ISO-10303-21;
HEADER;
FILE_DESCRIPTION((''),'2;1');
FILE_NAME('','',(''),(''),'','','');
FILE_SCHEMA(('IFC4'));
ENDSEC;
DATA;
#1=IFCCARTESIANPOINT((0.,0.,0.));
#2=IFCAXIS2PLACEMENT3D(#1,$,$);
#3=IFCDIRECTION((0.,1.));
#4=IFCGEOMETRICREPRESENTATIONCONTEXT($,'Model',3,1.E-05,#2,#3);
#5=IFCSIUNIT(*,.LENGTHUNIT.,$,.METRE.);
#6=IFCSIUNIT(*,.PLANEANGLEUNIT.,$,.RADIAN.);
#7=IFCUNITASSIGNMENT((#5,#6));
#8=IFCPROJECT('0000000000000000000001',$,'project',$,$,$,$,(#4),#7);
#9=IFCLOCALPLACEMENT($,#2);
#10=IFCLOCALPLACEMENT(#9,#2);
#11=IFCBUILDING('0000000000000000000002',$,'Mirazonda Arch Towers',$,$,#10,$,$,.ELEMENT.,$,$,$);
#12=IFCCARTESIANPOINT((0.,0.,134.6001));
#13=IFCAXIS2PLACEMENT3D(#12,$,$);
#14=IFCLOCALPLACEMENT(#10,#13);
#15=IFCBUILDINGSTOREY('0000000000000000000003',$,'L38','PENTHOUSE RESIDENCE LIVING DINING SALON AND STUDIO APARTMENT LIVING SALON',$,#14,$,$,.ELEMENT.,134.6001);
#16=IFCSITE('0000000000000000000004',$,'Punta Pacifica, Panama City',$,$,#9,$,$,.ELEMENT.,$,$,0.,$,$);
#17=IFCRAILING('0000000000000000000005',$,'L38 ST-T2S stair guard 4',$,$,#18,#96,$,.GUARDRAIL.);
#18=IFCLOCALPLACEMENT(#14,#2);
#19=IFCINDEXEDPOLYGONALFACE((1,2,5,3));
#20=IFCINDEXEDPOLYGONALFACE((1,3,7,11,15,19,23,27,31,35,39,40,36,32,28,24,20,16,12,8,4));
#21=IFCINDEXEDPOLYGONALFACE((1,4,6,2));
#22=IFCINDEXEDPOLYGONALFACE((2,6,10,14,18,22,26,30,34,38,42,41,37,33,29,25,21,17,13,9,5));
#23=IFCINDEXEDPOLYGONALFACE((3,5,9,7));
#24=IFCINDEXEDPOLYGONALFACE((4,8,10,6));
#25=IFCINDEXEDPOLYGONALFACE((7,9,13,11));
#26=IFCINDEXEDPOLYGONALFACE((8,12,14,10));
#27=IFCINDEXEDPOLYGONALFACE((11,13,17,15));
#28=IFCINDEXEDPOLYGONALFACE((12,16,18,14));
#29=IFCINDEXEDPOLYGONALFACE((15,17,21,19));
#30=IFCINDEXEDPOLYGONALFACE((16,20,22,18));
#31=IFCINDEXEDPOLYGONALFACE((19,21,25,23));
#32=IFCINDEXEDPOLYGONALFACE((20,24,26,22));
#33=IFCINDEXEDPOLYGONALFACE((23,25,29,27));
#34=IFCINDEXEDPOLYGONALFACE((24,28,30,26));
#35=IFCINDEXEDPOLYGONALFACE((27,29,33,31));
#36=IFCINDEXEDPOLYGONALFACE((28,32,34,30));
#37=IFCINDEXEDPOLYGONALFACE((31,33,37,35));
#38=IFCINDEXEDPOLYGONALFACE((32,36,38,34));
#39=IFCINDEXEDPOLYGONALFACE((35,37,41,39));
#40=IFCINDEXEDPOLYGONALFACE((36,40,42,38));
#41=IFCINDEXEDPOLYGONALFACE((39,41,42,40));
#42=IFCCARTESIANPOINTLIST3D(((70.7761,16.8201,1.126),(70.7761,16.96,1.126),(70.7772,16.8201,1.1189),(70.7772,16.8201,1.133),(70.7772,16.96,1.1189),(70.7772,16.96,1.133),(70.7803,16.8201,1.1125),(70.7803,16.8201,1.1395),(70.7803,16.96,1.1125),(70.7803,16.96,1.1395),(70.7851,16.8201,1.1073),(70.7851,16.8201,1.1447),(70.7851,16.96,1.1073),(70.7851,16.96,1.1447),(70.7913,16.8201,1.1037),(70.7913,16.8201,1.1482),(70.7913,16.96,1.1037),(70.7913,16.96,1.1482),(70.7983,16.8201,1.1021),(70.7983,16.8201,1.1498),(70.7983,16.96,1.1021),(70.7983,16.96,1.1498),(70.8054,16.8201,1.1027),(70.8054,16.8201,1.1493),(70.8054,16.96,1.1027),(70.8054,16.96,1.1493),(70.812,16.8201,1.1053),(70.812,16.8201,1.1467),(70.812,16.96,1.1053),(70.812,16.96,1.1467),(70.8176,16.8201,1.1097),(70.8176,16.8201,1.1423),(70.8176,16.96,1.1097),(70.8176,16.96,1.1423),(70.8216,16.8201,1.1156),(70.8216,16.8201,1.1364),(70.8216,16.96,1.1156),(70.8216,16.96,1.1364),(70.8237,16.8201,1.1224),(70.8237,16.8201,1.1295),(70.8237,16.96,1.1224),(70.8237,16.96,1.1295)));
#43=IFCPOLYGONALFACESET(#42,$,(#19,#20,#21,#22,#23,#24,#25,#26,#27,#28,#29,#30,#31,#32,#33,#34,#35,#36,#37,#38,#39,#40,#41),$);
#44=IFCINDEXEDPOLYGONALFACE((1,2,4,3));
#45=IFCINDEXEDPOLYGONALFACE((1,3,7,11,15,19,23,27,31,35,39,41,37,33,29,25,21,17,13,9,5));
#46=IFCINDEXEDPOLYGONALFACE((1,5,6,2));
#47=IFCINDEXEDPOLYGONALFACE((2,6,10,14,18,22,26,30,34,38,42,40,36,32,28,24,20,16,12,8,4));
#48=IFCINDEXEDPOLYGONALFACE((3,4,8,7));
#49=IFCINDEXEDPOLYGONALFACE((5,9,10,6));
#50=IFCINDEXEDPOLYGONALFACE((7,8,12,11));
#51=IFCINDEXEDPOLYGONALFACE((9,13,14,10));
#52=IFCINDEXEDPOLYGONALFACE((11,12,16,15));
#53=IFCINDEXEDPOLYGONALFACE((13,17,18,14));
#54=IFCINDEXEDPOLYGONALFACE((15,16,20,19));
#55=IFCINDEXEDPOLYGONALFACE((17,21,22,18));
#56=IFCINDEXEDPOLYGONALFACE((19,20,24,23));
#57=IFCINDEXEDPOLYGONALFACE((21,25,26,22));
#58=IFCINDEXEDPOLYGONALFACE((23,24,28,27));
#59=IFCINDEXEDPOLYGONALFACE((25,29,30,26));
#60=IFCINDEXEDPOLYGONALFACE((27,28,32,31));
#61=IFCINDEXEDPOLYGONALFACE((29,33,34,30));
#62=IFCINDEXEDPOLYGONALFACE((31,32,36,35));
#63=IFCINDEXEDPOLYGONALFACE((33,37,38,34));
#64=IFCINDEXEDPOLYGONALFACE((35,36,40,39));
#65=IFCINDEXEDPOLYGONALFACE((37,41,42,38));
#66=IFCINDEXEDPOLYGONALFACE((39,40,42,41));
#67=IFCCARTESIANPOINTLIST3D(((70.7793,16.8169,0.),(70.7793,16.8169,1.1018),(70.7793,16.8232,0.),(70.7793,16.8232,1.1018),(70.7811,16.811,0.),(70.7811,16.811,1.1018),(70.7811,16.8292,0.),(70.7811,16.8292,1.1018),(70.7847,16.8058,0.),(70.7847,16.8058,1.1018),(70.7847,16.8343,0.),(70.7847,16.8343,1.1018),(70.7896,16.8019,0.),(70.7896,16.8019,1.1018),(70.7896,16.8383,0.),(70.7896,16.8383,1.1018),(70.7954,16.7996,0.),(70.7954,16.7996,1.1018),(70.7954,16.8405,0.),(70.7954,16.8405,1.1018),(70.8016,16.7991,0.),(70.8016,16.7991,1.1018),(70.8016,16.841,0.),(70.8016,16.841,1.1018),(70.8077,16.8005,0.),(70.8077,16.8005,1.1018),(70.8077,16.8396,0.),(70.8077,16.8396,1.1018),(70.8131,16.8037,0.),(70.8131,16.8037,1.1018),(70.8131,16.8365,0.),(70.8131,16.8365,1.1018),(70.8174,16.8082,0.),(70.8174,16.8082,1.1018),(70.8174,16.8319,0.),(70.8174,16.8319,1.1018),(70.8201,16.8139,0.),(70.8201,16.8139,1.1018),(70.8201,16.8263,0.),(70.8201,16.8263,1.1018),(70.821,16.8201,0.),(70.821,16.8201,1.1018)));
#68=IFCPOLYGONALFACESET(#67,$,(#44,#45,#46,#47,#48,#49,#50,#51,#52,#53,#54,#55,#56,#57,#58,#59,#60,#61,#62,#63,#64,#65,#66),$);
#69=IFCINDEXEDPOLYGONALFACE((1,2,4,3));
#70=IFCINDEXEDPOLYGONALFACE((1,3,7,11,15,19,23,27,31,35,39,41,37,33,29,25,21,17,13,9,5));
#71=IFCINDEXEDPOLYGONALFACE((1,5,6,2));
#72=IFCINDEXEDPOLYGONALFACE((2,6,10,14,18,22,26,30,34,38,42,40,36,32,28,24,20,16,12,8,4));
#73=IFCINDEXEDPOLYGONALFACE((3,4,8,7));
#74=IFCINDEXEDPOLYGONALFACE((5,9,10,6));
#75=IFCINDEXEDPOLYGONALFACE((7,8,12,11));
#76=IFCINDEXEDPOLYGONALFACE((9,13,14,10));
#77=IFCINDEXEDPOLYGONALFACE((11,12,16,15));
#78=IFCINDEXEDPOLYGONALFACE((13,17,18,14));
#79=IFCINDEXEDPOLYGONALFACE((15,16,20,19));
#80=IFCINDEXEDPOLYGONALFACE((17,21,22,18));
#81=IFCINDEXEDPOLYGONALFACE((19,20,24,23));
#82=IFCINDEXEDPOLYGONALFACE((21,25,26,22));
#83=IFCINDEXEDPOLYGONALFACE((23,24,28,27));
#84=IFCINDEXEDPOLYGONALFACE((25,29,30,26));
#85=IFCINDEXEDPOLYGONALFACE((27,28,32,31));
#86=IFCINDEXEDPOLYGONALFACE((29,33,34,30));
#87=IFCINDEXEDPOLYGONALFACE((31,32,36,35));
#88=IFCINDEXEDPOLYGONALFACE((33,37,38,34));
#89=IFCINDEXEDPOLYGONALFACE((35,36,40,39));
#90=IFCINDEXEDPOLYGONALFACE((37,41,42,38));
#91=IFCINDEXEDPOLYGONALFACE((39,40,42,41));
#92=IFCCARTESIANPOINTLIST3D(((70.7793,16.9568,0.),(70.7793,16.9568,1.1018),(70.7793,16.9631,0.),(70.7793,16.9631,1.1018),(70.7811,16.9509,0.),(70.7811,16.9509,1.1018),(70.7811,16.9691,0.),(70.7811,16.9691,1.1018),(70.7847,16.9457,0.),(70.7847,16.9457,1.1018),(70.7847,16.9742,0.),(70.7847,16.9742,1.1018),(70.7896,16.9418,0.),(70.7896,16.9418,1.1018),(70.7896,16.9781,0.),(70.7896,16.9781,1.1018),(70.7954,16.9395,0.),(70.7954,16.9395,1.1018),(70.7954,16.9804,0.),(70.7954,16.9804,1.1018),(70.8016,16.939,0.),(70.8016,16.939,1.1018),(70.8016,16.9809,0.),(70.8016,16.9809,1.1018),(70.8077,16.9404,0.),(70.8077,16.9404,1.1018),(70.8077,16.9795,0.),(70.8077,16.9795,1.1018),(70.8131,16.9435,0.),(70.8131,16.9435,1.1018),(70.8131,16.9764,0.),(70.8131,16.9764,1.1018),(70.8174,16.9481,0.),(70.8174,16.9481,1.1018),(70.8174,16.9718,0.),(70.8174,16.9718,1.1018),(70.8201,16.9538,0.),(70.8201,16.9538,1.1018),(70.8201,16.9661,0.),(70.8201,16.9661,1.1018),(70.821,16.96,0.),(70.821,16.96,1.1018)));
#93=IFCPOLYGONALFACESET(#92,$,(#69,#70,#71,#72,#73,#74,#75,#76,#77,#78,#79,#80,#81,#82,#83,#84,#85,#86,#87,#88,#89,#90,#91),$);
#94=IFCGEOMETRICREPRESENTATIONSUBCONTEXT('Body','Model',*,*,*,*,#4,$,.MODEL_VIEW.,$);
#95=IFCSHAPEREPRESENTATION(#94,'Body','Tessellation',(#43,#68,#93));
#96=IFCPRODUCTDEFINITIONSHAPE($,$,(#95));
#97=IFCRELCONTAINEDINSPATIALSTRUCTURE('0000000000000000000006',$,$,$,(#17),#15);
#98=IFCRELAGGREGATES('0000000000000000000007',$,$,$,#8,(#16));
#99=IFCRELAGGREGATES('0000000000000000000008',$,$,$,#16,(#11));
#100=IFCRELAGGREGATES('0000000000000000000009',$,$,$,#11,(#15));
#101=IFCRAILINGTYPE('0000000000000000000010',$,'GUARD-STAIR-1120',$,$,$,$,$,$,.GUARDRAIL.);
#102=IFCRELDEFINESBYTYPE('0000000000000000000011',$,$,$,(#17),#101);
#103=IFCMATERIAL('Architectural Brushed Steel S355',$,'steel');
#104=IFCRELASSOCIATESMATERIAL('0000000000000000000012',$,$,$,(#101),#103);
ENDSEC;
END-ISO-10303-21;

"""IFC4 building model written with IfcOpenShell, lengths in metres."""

from ifc_helpers import new_model, si_unit, direction, frame, origin, origin_2d, place, context, subcontext, project, spatial, circle, extrude, material, type_object, element, save


model = new_model("IFC4")

# Units and contexts
model_context = context("Model", 3, precision=1e-05, world=origin(), true_north=direction((0.0, 1.0)))
body_context = subcontext(model_context, "Body", "Model", "MODEL_VIEW")
ifc_project = project(units=[si_unit("LENGTHUNIT", "METRE"), si_unit("PLANEANGLEUNIT", "RADIAN")], contexts=[model_context])

# Site, building, storey
site_placement = place(None, origin())
site = spatial("IfcSite", under=ifc_project, at=site_placement, Name="Punta Pacifica, Panama City", CompositionType="ELEMENT", RefElevation=0.0)
building_placement = place(site_placement, origin())
building = spatial("IfcBuilding", under=site, at=building_placement, Name="Mirazonda Arch Towers", CompositionType="ELEMENT")
storey_placement = place(building_placement, frame((0.0, 0.0, 134.6001)))
storey = spatial("IfcBuildingStorey", under=building, at=storey_placement, Name="L38", Description="PENTHOUSE RESIDENCE LIVING DINING SALON AND STUDIO APARTMENT LIVING SALON", CompositionType="ELEMENT", Elevation=134.6001)

# Railing
ifc_material_1 = material(Name="Architectural Brushed Steel S355", Category="steel")
railing_type_1 = type_object("IfcRailingType", Name="GUARD-STAIR-1120", PredefinedType="GUARDRAIL", material=ifc_material_1)
railing_1_placement = place(storey_placement, frame((70.8, 16.8201, 0.0)))
element("IfcRailing", 1, at=railing_1_placement, inside=storey, type_object=railing_type_1, Name="L38 ST-T2S stair guard 4", PredefinedType="GUARDRAIL", context=body_context, shape_type="SweptSolid", body=[
    extrude(circle(Radius=0.0239, at=origin_2d()), frame((0.0, 0.0, 1.126), z_axis=(0.0, 1.0, 0.0), x_axis=(-1.0, 0.0, 0.0)), (0.0, 0.0, 1.0), 0.1399),
    extrude(circle(Radius=0.021, at=origin_2d()), origin(), (0.0, 0.0, 1.0), 1.1018),
    extrude(circle(Radius=0.021, at=origin_2d()), frame((0.0, 0.1399, 0.0)), (0.0, 0.0, 1.0), 1.1018),
])

save(model, "model.ifc")
